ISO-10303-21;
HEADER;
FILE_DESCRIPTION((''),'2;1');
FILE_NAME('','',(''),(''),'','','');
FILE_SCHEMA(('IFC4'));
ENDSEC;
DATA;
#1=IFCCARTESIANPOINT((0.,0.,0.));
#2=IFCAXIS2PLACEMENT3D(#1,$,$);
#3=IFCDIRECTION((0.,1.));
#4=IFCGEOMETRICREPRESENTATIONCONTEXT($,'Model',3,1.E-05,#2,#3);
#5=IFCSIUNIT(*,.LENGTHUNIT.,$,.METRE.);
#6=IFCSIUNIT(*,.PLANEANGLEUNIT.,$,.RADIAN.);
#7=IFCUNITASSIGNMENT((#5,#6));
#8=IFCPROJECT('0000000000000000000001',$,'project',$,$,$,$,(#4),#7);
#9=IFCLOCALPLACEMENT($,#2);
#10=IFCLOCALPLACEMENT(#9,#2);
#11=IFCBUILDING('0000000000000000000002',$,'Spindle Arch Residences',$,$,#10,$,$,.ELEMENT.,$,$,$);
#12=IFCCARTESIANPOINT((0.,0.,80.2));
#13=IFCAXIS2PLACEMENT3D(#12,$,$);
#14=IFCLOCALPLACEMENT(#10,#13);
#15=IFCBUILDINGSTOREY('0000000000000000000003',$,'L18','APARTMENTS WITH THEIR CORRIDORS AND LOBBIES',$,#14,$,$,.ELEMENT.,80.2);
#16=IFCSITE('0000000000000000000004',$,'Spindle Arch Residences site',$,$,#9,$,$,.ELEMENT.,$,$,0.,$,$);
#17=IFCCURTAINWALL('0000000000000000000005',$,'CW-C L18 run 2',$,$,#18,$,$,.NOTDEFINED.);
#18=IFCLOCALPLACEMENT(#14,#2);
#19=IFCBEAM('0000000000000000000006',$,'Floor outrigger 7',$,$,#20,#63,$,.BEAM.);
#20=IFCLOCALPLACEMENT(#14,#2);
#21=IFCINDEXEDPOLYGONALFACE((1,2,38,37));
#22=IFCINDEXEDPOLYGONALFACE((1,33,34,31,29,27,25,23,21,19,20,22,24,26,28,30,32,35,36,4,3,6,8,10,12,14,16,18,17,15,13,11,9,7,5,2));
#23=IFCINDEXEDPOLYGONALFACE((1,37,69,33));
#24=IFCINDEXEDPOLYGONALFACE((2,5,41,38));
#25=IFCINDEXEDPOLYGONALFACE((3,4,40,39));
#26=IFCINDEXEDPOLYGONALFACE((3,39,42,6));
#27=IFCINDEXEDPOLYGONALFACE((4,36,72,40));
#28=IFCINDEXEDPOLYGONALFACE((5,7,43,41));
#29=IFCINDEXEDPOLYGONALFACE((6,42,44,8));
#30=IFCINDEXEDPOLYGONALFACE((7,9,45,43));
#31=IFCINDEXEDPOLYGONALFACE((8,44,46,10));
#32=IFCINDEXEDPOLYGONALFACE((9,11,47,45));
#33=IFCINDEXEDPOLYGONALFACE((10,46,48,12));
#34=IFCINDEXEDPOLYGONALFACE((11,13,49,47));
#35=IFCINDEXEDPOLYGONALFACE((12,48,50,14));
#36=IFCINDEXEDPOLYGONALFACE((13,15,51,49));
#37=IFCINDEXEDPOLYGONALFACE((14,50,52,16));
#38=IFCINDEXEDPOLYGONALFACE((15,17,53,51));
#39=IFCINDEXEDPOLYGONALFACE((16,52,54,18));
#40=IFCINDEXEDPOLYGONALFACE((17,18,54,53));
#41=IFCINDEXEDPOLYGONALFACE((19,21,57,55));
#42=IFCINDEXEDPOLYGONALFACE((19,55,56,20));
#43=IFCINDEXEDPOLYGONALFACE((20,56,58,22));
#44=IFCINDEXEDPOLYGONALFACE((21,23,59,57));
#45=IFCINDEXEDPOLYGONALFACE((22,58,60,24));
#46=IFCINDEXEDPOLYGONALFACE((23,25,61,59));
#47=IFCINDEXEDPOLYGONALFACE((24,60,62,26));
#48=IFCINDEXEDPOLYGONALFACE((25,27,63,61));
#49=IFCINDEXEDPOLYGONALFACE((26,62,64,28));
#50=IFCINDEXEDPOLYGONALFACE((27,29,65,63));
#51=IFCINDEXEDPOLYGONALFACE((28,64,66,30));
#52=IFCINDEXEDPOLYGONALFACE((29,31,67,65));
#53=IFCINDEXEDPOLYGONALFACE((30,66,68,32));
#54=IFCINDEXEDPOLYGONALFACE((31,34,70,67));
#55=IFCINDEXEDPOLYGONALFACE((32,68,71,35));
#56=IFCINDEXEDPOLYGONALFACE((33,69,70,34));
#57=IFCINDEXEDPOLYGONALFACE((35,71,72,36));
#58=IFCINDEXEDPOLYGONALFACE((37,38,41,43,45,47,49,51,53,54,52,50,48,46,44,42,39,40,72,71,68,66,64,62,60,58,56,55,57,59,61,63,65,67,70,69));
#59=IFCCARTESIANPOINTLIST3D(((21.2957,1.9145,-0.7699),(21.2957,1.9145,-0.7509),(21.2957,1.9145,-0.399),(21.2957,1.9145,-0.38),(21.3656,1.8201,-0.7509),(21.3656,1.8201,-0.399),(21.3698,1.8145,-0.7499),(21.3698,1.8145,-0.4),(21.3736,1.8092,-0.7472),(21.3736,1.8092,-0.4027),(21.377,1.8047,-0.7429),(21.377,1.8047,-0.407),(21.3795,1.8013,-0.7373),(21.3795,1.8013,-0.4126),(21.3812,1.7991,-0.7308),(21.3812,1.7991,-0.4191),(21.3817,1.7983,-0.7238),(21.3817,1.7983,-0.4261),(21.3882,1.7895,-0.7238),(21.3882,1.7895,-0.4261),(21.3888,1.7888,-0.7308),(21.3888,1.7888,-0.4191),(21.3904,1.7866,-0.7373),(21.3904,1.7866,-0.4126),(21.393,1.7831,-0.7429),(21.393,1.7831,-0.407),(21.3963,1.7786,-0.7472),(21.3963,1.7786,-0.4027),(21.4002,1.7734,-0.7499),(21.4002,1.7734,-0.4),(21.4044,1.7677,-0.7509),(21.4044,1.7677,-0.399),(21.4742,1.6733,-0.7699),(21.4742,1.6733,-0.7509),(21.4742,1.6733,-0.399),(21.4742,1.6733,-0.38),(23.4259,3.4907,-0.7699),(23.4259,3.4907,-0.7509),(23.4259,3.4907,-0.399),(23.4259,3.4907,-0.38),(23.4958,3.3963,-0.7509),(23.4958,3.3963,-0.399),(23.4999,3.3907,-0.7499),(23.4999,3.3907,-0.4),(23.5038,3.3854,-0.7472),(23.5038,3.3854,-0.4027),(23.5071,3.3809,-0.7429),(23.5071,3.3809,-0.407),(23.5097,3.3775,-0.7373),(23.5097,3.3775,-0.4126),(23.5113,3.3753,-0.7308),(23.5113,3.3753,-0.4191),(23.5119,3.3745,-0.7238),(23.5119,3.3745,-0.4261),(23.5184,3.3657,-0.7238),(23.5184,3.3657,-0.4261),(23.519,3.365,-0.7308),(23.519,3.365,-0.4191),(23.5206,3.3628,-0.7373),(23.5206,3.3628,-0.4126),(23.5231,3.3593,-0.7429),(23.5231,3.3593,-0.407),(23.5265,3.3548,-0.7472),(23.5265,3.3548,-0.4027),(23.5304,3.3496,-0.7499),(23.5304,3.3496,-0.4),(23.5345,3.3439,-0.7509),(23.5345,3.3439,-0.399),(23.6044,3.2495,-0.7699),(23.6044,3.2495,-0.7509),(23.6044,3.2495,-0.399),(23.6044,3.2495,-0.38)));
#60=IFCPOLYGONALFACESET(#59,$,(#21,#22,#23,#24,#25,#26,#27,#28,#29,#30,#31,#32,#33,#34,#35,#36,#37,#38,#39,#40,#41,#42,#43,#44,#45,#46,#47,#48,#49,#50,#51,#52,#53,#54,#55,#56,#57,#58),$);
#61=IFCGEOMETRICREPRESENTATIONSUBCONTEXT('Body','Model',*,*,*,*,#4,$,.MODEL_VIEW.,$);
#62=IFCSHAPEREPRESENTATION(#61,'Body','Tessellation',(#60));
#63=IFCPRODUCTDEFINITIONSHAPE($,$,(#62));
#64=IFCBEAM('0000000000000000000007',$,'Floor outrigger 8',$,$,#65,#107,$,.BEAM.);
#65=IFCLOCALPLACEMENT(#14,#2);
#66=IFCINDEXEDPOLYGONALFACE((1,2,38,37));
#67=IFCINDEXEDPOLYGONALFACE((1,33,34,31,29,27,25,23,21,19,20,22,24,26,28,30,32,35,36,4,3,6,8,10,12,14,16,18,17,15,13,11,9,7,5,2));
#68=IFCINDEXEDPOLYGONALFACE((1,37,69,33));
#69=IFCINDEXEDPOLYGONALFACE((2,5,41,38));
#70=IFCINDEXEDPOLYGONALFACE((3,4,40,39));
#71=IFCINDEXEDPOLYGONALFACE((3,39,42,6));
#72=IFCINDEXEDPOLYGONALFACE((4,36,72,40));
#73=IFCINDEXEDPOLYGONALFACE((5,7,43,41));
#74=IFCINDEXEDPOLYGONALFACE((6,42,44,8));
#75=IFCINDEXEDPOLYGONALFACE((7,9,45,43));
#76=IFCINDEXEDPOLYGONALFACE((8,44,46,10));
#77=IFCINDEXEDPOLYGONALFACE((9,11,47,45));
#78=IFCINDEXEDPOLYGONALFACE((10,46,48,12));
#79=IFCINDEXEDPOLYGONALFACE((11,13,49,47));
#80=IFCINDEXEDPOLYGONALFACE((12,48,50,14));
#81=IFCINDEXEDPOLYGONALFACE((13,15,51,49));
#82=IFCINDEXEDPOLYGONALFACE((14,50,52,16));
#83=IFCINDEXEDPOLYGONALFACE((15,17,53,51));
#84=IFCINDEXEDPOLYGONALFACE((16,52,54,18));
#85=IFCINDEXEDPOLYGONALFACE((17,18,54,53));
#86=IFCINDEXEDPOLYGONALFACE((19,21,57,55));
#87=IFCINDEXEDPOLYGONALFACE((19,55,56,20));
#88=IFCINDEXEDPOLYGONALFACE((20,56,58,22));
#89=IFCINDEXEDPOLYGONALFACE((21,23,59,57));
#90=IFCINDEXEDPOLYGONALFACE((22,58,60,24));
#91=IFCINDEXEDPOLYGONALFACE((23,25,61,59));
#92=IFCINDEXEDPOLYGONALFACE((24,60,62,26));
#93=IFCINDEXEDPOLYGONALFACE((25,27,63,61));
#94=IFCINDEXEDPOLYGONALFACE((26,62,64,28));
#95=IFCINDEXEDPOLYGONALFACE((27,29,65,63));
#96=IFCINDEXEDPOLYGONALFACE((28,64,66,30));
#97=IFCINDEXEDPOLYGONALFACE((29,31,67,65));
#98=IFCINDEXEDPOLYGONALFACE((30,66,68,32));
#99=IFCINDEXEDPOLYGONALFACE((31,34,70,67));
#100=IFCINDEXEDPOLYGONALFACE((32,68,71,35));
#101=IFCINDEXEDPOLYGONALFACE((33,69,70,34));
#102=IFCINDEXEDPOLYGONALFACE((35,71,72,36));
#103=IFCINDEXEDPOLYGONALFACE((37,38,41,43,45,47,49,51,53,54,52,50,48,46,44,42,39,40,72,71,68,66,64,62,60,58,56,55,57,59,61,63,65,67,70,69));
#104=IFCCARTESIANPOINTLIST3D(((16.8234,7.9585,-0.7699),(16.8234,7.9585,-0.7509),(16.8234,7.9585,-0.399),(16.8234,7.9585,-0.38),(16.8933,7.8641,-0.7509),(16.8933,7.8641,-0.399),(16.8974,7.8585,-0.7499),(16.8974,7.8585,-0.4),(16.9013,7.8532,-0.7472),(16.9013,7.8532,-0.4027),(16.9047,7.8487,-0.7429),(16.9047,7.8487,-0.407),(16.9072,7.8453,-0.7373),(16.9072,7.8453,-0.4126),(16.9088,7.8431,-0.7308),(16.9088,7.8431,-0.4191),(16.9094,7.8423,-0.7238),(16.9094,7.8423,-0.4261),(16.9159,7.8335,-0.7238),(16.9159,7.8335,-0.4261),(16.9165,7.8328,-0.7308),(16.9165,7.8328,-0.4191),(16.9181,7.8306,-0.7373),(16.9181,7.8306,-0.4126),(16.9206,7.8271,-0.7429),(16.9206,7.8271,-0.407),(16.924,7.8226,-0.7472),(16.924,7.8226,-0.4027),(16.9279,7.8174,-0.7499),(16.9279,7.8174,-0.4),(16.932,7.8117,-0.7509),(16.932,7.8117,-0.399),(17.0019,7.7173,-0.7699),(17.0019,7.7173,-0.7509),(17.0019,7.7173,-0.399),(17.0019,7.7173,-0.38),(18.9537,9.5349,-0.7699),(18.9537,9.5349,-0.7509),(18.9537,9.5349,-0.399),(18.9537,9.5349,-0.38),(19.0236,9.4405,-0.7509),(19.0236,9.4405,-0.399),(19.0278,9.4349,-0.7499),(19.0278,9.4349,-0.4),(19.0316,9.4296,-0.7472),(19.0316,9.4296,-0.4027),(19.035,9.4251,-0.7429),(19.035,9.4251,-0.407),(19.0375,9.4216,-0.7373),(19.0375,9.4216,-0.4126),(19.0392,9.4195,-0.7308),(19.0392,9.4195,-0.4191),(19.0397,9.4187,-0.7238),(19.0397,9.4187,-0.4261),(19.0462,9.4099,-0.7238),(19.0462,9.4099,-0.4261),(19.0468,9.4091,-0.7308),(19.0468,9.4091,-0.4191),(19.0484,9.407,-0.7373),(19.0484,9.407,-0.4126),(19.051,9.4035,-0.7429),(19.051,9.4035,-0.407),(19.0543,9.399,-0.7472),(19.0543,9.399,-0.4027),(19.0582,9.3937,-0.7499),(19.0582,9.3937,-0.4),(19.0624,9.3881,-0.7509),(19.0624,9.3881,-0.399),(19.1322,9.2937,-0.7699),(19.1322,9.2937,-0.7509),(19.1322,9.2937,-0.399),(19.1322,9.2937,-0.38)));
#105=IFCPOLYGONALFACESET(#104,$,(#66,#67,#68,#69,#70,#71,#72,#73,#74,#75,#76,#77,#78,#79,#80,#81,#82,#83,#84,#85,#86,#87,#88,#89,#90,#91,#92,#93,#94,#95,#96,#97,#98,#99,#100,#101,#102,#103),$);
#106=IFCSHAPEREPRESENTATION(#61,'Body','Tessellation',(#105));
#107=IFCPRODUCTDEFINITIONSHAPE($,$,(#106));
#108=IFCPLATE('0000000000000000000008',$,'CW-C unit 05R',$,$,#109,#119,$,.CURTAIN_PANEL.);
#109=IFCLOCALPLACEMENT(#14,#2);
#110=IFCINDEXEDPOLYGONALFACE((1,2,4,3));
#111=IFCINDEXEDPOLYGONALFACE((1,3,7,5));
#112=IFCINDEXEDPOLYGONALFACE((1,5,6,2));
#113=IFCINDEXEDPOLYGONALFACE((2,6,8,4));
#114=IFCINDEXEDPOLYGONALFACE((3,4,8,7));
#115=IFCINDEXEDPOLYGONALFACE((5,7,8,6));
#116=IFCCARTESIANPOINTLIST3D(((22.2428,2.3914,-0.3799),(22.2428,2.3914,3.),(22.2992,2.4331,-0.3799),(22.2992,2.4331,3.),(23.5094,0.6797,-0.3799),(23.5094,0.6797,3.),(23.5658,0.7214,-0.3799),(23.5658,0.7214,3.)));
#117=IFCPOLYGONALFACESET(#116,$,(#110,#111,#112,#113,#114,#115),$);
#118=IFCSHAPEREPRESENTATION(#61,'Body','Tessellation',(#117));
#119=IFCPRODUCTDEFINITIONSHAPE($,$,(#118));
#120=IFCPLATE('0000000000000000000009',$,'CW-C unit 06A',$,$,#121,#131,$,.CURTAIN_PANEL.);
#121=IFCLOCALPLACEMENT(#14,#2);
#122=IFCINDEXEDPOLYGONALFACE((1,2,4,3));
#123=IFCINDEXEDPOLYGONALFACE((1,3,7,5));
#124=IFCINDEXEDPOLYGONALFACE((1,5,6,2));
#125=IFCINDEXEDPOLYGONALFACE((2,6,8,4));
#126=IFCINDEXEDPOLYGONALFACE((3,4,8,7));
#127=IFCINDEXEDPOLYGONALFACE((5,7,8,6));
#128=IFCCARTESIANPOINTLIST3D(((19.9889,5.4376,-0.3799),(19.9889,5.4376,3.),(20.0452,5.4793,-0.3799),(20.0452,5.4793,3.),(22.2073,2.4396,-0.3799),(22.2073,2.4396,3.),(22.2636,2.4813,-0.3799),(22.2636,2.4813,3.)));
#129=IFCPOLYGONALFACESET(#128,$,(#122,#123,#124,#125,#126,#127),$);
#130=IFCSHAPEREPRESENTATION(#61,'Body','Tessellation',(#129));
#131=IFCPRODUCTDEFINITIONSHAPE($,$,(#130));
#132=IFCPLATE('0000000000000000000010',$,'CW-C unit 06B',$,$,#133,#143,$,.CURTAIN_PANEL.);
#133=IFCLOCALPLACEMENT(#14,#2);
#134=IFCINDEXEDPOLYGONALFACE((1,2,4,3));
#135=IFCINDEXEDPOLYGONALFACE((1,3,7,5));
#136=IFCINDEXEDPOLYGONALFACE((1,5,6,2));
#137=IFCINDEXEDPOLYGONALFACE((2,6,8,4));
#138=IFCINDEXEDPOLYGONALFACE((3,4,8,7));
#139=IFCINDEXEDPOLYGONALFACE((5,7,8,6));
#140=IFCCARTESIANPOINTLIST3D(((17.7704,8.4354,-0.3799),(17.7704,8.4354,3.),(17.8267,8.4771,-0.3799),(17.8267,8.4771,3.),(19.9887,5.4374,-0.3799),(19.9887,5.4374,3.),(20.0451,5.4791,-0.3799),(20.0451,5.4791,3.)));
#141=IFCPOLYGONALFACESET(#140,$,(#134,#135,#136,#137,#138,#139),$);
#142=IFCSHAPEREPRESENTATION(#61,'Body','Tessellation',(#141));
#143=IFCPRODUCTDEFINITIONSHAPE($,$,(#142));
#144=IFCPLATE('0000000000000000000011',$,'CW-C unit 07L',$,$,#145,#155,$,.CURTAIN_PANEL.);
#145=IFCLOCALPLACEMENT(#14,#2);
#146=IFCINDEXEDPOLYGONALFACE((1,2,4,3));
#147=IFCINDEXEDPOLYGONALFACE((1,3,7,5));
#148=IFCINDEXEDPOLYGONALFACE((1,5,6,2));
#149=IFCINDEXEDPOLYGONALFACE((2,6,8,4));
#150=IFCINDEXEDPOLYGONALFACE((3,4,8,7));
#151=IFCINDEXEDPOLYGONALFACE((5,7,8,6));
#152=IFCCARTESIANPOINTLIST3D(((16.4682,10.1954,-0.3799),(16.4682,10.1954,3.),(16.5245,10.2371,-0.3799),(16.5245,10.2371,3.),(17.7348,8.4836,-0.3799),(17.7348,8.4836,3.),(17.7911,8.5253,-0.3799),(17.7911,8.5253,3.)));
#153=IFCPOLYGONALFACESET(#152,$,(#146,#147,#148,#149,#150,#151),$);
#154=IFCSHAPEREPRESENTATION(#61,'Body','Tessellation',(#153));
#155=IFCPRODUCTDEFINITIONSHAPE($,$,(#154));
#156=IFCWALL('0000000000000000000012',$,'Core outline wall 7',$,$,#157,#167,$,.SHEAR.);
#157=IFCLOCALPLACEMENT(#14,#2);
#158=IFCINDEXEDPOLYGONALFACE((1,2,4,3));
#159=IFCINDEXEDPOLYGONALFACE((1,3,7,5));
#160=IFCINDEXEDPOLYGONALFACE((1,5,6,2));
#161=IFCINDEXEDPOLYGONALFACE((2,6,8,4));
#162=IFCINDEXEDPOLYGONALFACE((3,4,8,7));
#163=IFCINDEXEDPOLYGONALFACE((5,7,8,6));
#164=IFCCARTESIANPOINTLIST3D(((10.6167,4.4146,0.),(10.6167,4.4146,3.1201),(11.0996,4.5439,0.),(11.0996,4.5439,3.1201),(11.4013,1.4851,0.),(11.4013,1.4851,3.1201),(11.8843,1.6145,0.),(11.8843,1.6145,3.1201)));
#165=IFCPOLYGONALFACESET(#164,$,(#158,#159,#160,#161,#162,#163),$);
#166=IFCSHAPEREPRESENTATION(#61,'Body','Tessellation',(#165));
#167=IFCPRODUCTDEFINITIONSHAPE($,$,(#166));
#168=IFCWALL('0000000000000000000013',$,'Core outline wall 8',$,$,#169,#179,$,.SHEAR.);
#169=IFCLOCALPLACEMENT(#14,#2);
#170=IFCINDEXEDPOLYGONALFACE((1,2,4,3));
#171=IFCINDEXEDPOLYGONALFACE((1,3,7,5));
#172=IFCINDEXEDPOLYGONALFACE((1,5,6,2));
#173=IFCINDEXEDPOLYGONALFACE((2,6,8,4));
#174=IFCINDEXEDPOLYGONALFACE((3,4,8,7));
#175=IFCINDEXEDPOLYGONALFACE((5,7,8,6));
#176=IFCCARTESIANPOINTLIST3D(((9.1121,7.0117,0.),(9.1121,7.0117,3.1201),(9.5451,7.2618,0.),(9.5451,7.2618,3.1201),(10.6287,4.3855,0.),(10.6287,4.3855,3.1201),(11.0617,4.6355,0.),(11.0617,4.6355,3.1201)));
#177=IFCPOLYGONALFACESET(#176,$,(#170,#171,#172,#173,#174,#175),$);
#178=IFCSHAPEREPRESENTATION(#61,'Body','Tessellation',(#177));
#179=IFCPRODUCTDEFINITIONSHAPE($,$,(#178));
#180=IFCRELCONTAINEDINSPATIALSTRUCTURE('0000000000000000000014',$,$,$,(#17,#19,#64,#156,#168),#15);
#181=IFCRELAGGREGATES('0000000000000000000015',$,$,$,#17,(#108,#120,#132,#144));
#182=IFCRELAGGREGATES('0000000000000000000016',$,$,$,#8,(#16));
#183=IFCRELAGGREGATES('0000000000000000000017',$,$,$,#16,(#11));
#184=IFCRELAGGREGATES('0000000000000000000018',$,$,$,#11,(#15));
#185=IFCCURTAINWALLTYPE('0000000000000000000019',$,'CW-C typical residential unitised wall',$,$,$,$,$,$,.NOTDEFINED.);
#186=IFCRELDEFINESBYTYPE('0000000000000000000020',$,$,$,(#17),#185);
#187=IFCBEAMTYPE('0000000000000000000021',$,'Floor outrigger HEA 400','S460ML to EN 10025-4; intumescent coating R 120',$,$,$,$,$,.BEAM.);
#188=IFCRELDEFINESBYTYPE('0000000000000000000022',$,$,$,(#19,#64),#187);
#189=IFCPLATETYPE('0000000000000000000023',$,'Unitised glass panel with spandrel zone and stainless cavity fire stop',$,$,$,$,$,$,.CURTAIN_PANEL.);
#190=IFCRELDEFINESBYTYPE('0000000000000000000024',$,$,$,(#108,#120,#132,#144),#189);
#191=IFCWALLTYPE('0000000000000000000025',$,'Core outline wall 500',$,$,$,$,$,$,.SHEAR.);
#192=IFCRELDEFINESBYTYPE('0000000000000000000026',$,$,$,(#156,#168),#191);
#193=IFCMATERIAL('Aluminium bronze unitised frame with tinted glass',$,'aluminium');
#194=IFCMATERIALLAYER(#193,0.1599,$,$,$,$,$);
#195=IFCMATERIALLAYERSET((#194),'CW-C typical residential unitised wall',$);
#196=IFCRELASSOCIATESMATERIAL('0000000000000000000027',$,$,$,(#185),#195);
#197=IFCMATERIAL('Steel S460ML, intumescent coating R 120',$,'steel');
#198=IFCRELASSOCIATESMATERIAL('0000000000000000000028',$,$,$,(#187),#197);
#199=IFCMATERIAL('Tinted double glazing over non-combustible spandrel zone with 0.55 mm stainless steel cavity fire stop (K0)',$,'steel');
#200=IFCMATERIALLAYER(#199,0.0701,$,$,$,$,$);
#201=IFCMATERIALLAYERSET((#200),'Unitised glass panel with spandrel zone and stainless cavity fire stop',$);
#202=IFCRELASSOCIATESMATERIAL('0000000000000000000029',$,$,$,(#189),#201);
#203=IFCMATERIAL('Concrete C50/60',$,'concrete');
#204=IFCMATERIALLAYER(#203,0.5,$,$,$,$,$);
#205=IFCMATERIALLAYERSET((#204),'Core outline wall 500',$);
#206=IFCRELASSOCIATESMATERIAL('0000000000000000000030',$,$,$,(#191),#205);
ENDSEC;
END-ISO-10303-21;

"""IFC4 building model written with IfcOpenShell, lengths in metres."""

from ifc_helpers import new_model, si_unit, direction, frame, frame_2d, origin, origin_2d, place, context, subcontext, project, spatial, rectangle, i_section, extrude, material, layer, layer_set, material_profile, profile_set, type_object, element, aggregate, save


model = new_model("IFC4")

# Units and contexts
model_context = context("Model", 3, precision=1e-05, world=origin(), true_north=direction((0.0, 1.0)))
body_context = subcontext(model_context, "Body", "Model", "MODEL_VIEW")
ifc_project = project(units=[si_unit("LENGTHUNIT", "METRE"), si_unit("PLANEANGLEUNIT", "RADIAN")], contexts=[model_context])

# Site, building, storey
site_placement = place(None, origin())
site = spatial("IfcSite", under=ifc_project, at=site_placement, Name="Spindle Arch Residences site", CompositionType="ELEMENT", RefElevation=0.0)
building_placement = place(site_placement, origin())
building = spatial("IfcBuilding", under=site, at=building_placement, Name="Spindle Arch Residences", CompositionType="ELEMENT")
storey_placement = place(building_placement, frame((0.0, 0.0, 80.2)))
storey = spatial("IfcBuildingStorey", under=building, at=storey_placement, Name="L18", Description="APARTMENTS WITH THEIR CORRIDORS AND LOBBIES", CompositionType="ELEMENT", Elevation=80.2)

# Curtain wall
ifc_material_1 = material(Name="Aluminium bronze unitised frame with tinted glass", Category="aluminium")
ifc_layer_1 = layer(ifc_material_1, 0.1599)
ifc_layer_set_1 = layer_set([ifc_layer_1], Name="CW-C typical residential unitised wall")
curtain_wall_type = type_object("IfcCurtainWallType", Name="CW-C typical residential unitised wall", PredefinedType="NOTDEFINED", material=ifc_layer_set_1)
curtain_wall_placement = place(storey_placement, origin())
curtain_wall = element("IfcCurtainWall", 1, at=curtain_wall_placement, inside=storey, type_object=curtain_wall_type, Name="CW-C L18 run 2", PredefinedType="NOTDEFINED")

# Beams
ifc_material_2 = material(Name="Steel S460ML, intumescent coating R 120", Category="steel")
ifc_material_profile_1 = material_profile(ifc_material_2, i_section(OverallWidth=0.3, OverallDepth=0.3899, WebThickness=0.011, FlangeThickness=0.019, FilletRadius=0.0271, at=origin_2d()), Name="HEA 400")
ifc_profile_set_1 = profile_set([ifc_material_profile_1], Name="Steel S460ML, intumescent coating R 120")
beam_type_1 = type_object("IfcBeamType", Name="Floor outrigger HEA 400", Description="S460ML to EN 10025-4; intumescent coating R 120", PredefinedType="BEAM", material=ifc_profile_set_1)
beam_1_placement = place(storey_placement, frame((23.5151, 3.3701, -0.575), z_axis=(-0.803864, -0.594813, 0.0), x_axis=(0.594813, -0.803864, 0.0)))
element("IfcBeam", 2, at=beam_1_placement, inside=storey, type_object=beam_type_1, Name="Floor outrigger 7", PredefinedType="BEAM", context=body_context, shape_type="SweptSolid", body=[
    extrude(i_section(OverallWidth=0.3, OverallDepth=0.3899, WebThickness=0.011, FlangeThickness=0.019, FilletRadius=0.0271, at=origin_2d()), origin(), (0.0, 0.0, 1.0), 2.6499),
])
beam_2_placement = place(storey_placement, frame((19.043, 9.4143, -0.575), z_axis=(-0.803852, -0.594829, 0.0), x_axis=(0.594829, -0.803852, 0.0)))
element("IfcBeam", 3, at=beam_2_placement, inside=storey, type_object=beam_type_1, Name="Floor outrigger 8", PredefinedType="BEAM", context=body_context, shape_type="SweptSolid", body=[
    extrude(i_section(OverallWidth=0.3, OverallDepth=0.3899, WebThickness=0.011, FlangeThickness=0.019, FilletRadius=0.0271, at=origin_2d()), origin(), (0.0, 0.0, 1.0), 2.6501),
])

# Plates
ifc_material_3 = material(Name="Tinted double glazing over non-combustible spandrel zone with 0.55 mm stainless steel cavity fire stop (K0)", Category="steel")
ifc_layer_2 = layer(ifc_material_3, 0.0701)
ifc_layer_set_2 = layer_set([ifc_layer_2], Name="Unitised glass panel with spandrel zone and stainless cavity fire stop")
plate_type = type_object("IfcPlateType", Name="Unitised glass panel with spandrel zone and stainless cavity fire stop", PredefinedType="CURTAIN_PANEL", material=ifc_layer_set_2)
plate_1_placement = place(storey_placement, frame((22.9043, 1.5564, -0.3799), z_axis=(0.0, 0.0, 1.0), x_axis=(-0.594823, 0.803857, 0.0)))
plate_1 = element("IfcPlate", 4, at=plate_1_placement, type_object=plate_type, Name="CW-C unit 05R", PredefinedType="CURTAIN_PANEL", context=body_context, shape_type="SweptSolid", body=[
    extrude(rectangle(XDim=2.1294, YDim=0.0701, at=origin_2d()), origin(), (0.0, 0.0, 1.0), 3.3799),
])
plate_2_placement = place(storey_placement, frame((21.1262, 3.9595, -0.3799), z_axis=(0.0, 0.0, 1.0), x_axis=(-0.594823, 0.803857, 0.0)))
plate_2 = element("IfcPlate", 5, at=plate_2_placement, type_object=plate_type, Name="CW-C unit 06A", PredefinedType="CURTAIN_PANEL", context=body_context, shape_type="SweptSolid", body=[
    extrude(rectangle(XDim=3.7295, YDim=0.0701, at=origin_2d()), origin(), (0.0, 0.0, 1.0), 3.3799),
])
plate_3_placement = place(storey_placement, frame((18.9077, 6.9573, -0.3799), z_axis=(0.0, 0.0, 1.0), x_axis=(-0.594823, 0.803857, 0.0)))
plate_3 = element("IfcPlate", 6, at=plate_3_placement, type_object=plate_type, Name="CW-C unit 06B", PredefinedType="CURTAIN_PANEL", context=body_context, shape_type="SweptSolid", body=[
    extrude(rectangle(XDim=3.7295, YDim=0.0701, at=origin_2d()), origin(), (0.0, 0.0, 1.0), 3.3799),
])
plate_4_placement = place(storey_placement, frame((17.1296, 9.3604, -0.3799), z_axis=(0.0, 0.0, 1.0), x_axis=(-0.594823, 0.803857, 0.0)))
plate_4 = element("IfcPlate", 7, at=plate_4_placement, type_object=plate_type, Name="CW-C unit 07L", PredefinedType="CURTAIN_PANEL", context=body_context, shape_type="SweptSolid", body=[
    extrude(rectangle(XDim=2.1294, YDim=0.0701, at=origin_2d()), origin(), (0.0, 0.0, 1.0), 3.3799),
])
aggregate(curtain_wall, [plate_1, plate_2, plate_3, plate_4])

# Walls
ifc_material_4 = material(Name="Concrete C50/60", Category="concrete")
ifc_layer_3 = layer(ifc_material_4, 0.5)
ifc_layer_set_3 = layer_set([ifc_layer_3], Name="Core outline wall 500")
wall_type_1 = type_object("IfcWallType", Name="Core outline wall 500", PredefinedType="SHEAR", material=ifc_layer_set_3)
for number, where, z_axis, x_axis, name in (
    (8, (11.6428, 1.5498, 0.0), (0.0, 0.0, 1.0), (-0.258735, 0.965948, 0.0), "Core outline wall 7"),
    (9, (10.8452, 4.5105, 0.0), (0.0, 0.0, 1.0), (-0.500087, 0.865975, 0.0), "Core outline wall 8"),
):
    element("IfcWall", number, at=place(storey_placement, frame(where, z_axis=z_axis, x_axis=x_axis)), inside=storey, type_object=wall_type_1, Name=name, PredefinedType="SHEAR", context=body_context, shape_type="SweptSolid", body=[
        extrude(rectangle(XDim=3.0327, YDim=0.5, at=frame_2d((1.5164, 0.0))), origin(), (0.0, 0.0, 1.0), 3.1201),
    ])

save(model, "model.ifc")
